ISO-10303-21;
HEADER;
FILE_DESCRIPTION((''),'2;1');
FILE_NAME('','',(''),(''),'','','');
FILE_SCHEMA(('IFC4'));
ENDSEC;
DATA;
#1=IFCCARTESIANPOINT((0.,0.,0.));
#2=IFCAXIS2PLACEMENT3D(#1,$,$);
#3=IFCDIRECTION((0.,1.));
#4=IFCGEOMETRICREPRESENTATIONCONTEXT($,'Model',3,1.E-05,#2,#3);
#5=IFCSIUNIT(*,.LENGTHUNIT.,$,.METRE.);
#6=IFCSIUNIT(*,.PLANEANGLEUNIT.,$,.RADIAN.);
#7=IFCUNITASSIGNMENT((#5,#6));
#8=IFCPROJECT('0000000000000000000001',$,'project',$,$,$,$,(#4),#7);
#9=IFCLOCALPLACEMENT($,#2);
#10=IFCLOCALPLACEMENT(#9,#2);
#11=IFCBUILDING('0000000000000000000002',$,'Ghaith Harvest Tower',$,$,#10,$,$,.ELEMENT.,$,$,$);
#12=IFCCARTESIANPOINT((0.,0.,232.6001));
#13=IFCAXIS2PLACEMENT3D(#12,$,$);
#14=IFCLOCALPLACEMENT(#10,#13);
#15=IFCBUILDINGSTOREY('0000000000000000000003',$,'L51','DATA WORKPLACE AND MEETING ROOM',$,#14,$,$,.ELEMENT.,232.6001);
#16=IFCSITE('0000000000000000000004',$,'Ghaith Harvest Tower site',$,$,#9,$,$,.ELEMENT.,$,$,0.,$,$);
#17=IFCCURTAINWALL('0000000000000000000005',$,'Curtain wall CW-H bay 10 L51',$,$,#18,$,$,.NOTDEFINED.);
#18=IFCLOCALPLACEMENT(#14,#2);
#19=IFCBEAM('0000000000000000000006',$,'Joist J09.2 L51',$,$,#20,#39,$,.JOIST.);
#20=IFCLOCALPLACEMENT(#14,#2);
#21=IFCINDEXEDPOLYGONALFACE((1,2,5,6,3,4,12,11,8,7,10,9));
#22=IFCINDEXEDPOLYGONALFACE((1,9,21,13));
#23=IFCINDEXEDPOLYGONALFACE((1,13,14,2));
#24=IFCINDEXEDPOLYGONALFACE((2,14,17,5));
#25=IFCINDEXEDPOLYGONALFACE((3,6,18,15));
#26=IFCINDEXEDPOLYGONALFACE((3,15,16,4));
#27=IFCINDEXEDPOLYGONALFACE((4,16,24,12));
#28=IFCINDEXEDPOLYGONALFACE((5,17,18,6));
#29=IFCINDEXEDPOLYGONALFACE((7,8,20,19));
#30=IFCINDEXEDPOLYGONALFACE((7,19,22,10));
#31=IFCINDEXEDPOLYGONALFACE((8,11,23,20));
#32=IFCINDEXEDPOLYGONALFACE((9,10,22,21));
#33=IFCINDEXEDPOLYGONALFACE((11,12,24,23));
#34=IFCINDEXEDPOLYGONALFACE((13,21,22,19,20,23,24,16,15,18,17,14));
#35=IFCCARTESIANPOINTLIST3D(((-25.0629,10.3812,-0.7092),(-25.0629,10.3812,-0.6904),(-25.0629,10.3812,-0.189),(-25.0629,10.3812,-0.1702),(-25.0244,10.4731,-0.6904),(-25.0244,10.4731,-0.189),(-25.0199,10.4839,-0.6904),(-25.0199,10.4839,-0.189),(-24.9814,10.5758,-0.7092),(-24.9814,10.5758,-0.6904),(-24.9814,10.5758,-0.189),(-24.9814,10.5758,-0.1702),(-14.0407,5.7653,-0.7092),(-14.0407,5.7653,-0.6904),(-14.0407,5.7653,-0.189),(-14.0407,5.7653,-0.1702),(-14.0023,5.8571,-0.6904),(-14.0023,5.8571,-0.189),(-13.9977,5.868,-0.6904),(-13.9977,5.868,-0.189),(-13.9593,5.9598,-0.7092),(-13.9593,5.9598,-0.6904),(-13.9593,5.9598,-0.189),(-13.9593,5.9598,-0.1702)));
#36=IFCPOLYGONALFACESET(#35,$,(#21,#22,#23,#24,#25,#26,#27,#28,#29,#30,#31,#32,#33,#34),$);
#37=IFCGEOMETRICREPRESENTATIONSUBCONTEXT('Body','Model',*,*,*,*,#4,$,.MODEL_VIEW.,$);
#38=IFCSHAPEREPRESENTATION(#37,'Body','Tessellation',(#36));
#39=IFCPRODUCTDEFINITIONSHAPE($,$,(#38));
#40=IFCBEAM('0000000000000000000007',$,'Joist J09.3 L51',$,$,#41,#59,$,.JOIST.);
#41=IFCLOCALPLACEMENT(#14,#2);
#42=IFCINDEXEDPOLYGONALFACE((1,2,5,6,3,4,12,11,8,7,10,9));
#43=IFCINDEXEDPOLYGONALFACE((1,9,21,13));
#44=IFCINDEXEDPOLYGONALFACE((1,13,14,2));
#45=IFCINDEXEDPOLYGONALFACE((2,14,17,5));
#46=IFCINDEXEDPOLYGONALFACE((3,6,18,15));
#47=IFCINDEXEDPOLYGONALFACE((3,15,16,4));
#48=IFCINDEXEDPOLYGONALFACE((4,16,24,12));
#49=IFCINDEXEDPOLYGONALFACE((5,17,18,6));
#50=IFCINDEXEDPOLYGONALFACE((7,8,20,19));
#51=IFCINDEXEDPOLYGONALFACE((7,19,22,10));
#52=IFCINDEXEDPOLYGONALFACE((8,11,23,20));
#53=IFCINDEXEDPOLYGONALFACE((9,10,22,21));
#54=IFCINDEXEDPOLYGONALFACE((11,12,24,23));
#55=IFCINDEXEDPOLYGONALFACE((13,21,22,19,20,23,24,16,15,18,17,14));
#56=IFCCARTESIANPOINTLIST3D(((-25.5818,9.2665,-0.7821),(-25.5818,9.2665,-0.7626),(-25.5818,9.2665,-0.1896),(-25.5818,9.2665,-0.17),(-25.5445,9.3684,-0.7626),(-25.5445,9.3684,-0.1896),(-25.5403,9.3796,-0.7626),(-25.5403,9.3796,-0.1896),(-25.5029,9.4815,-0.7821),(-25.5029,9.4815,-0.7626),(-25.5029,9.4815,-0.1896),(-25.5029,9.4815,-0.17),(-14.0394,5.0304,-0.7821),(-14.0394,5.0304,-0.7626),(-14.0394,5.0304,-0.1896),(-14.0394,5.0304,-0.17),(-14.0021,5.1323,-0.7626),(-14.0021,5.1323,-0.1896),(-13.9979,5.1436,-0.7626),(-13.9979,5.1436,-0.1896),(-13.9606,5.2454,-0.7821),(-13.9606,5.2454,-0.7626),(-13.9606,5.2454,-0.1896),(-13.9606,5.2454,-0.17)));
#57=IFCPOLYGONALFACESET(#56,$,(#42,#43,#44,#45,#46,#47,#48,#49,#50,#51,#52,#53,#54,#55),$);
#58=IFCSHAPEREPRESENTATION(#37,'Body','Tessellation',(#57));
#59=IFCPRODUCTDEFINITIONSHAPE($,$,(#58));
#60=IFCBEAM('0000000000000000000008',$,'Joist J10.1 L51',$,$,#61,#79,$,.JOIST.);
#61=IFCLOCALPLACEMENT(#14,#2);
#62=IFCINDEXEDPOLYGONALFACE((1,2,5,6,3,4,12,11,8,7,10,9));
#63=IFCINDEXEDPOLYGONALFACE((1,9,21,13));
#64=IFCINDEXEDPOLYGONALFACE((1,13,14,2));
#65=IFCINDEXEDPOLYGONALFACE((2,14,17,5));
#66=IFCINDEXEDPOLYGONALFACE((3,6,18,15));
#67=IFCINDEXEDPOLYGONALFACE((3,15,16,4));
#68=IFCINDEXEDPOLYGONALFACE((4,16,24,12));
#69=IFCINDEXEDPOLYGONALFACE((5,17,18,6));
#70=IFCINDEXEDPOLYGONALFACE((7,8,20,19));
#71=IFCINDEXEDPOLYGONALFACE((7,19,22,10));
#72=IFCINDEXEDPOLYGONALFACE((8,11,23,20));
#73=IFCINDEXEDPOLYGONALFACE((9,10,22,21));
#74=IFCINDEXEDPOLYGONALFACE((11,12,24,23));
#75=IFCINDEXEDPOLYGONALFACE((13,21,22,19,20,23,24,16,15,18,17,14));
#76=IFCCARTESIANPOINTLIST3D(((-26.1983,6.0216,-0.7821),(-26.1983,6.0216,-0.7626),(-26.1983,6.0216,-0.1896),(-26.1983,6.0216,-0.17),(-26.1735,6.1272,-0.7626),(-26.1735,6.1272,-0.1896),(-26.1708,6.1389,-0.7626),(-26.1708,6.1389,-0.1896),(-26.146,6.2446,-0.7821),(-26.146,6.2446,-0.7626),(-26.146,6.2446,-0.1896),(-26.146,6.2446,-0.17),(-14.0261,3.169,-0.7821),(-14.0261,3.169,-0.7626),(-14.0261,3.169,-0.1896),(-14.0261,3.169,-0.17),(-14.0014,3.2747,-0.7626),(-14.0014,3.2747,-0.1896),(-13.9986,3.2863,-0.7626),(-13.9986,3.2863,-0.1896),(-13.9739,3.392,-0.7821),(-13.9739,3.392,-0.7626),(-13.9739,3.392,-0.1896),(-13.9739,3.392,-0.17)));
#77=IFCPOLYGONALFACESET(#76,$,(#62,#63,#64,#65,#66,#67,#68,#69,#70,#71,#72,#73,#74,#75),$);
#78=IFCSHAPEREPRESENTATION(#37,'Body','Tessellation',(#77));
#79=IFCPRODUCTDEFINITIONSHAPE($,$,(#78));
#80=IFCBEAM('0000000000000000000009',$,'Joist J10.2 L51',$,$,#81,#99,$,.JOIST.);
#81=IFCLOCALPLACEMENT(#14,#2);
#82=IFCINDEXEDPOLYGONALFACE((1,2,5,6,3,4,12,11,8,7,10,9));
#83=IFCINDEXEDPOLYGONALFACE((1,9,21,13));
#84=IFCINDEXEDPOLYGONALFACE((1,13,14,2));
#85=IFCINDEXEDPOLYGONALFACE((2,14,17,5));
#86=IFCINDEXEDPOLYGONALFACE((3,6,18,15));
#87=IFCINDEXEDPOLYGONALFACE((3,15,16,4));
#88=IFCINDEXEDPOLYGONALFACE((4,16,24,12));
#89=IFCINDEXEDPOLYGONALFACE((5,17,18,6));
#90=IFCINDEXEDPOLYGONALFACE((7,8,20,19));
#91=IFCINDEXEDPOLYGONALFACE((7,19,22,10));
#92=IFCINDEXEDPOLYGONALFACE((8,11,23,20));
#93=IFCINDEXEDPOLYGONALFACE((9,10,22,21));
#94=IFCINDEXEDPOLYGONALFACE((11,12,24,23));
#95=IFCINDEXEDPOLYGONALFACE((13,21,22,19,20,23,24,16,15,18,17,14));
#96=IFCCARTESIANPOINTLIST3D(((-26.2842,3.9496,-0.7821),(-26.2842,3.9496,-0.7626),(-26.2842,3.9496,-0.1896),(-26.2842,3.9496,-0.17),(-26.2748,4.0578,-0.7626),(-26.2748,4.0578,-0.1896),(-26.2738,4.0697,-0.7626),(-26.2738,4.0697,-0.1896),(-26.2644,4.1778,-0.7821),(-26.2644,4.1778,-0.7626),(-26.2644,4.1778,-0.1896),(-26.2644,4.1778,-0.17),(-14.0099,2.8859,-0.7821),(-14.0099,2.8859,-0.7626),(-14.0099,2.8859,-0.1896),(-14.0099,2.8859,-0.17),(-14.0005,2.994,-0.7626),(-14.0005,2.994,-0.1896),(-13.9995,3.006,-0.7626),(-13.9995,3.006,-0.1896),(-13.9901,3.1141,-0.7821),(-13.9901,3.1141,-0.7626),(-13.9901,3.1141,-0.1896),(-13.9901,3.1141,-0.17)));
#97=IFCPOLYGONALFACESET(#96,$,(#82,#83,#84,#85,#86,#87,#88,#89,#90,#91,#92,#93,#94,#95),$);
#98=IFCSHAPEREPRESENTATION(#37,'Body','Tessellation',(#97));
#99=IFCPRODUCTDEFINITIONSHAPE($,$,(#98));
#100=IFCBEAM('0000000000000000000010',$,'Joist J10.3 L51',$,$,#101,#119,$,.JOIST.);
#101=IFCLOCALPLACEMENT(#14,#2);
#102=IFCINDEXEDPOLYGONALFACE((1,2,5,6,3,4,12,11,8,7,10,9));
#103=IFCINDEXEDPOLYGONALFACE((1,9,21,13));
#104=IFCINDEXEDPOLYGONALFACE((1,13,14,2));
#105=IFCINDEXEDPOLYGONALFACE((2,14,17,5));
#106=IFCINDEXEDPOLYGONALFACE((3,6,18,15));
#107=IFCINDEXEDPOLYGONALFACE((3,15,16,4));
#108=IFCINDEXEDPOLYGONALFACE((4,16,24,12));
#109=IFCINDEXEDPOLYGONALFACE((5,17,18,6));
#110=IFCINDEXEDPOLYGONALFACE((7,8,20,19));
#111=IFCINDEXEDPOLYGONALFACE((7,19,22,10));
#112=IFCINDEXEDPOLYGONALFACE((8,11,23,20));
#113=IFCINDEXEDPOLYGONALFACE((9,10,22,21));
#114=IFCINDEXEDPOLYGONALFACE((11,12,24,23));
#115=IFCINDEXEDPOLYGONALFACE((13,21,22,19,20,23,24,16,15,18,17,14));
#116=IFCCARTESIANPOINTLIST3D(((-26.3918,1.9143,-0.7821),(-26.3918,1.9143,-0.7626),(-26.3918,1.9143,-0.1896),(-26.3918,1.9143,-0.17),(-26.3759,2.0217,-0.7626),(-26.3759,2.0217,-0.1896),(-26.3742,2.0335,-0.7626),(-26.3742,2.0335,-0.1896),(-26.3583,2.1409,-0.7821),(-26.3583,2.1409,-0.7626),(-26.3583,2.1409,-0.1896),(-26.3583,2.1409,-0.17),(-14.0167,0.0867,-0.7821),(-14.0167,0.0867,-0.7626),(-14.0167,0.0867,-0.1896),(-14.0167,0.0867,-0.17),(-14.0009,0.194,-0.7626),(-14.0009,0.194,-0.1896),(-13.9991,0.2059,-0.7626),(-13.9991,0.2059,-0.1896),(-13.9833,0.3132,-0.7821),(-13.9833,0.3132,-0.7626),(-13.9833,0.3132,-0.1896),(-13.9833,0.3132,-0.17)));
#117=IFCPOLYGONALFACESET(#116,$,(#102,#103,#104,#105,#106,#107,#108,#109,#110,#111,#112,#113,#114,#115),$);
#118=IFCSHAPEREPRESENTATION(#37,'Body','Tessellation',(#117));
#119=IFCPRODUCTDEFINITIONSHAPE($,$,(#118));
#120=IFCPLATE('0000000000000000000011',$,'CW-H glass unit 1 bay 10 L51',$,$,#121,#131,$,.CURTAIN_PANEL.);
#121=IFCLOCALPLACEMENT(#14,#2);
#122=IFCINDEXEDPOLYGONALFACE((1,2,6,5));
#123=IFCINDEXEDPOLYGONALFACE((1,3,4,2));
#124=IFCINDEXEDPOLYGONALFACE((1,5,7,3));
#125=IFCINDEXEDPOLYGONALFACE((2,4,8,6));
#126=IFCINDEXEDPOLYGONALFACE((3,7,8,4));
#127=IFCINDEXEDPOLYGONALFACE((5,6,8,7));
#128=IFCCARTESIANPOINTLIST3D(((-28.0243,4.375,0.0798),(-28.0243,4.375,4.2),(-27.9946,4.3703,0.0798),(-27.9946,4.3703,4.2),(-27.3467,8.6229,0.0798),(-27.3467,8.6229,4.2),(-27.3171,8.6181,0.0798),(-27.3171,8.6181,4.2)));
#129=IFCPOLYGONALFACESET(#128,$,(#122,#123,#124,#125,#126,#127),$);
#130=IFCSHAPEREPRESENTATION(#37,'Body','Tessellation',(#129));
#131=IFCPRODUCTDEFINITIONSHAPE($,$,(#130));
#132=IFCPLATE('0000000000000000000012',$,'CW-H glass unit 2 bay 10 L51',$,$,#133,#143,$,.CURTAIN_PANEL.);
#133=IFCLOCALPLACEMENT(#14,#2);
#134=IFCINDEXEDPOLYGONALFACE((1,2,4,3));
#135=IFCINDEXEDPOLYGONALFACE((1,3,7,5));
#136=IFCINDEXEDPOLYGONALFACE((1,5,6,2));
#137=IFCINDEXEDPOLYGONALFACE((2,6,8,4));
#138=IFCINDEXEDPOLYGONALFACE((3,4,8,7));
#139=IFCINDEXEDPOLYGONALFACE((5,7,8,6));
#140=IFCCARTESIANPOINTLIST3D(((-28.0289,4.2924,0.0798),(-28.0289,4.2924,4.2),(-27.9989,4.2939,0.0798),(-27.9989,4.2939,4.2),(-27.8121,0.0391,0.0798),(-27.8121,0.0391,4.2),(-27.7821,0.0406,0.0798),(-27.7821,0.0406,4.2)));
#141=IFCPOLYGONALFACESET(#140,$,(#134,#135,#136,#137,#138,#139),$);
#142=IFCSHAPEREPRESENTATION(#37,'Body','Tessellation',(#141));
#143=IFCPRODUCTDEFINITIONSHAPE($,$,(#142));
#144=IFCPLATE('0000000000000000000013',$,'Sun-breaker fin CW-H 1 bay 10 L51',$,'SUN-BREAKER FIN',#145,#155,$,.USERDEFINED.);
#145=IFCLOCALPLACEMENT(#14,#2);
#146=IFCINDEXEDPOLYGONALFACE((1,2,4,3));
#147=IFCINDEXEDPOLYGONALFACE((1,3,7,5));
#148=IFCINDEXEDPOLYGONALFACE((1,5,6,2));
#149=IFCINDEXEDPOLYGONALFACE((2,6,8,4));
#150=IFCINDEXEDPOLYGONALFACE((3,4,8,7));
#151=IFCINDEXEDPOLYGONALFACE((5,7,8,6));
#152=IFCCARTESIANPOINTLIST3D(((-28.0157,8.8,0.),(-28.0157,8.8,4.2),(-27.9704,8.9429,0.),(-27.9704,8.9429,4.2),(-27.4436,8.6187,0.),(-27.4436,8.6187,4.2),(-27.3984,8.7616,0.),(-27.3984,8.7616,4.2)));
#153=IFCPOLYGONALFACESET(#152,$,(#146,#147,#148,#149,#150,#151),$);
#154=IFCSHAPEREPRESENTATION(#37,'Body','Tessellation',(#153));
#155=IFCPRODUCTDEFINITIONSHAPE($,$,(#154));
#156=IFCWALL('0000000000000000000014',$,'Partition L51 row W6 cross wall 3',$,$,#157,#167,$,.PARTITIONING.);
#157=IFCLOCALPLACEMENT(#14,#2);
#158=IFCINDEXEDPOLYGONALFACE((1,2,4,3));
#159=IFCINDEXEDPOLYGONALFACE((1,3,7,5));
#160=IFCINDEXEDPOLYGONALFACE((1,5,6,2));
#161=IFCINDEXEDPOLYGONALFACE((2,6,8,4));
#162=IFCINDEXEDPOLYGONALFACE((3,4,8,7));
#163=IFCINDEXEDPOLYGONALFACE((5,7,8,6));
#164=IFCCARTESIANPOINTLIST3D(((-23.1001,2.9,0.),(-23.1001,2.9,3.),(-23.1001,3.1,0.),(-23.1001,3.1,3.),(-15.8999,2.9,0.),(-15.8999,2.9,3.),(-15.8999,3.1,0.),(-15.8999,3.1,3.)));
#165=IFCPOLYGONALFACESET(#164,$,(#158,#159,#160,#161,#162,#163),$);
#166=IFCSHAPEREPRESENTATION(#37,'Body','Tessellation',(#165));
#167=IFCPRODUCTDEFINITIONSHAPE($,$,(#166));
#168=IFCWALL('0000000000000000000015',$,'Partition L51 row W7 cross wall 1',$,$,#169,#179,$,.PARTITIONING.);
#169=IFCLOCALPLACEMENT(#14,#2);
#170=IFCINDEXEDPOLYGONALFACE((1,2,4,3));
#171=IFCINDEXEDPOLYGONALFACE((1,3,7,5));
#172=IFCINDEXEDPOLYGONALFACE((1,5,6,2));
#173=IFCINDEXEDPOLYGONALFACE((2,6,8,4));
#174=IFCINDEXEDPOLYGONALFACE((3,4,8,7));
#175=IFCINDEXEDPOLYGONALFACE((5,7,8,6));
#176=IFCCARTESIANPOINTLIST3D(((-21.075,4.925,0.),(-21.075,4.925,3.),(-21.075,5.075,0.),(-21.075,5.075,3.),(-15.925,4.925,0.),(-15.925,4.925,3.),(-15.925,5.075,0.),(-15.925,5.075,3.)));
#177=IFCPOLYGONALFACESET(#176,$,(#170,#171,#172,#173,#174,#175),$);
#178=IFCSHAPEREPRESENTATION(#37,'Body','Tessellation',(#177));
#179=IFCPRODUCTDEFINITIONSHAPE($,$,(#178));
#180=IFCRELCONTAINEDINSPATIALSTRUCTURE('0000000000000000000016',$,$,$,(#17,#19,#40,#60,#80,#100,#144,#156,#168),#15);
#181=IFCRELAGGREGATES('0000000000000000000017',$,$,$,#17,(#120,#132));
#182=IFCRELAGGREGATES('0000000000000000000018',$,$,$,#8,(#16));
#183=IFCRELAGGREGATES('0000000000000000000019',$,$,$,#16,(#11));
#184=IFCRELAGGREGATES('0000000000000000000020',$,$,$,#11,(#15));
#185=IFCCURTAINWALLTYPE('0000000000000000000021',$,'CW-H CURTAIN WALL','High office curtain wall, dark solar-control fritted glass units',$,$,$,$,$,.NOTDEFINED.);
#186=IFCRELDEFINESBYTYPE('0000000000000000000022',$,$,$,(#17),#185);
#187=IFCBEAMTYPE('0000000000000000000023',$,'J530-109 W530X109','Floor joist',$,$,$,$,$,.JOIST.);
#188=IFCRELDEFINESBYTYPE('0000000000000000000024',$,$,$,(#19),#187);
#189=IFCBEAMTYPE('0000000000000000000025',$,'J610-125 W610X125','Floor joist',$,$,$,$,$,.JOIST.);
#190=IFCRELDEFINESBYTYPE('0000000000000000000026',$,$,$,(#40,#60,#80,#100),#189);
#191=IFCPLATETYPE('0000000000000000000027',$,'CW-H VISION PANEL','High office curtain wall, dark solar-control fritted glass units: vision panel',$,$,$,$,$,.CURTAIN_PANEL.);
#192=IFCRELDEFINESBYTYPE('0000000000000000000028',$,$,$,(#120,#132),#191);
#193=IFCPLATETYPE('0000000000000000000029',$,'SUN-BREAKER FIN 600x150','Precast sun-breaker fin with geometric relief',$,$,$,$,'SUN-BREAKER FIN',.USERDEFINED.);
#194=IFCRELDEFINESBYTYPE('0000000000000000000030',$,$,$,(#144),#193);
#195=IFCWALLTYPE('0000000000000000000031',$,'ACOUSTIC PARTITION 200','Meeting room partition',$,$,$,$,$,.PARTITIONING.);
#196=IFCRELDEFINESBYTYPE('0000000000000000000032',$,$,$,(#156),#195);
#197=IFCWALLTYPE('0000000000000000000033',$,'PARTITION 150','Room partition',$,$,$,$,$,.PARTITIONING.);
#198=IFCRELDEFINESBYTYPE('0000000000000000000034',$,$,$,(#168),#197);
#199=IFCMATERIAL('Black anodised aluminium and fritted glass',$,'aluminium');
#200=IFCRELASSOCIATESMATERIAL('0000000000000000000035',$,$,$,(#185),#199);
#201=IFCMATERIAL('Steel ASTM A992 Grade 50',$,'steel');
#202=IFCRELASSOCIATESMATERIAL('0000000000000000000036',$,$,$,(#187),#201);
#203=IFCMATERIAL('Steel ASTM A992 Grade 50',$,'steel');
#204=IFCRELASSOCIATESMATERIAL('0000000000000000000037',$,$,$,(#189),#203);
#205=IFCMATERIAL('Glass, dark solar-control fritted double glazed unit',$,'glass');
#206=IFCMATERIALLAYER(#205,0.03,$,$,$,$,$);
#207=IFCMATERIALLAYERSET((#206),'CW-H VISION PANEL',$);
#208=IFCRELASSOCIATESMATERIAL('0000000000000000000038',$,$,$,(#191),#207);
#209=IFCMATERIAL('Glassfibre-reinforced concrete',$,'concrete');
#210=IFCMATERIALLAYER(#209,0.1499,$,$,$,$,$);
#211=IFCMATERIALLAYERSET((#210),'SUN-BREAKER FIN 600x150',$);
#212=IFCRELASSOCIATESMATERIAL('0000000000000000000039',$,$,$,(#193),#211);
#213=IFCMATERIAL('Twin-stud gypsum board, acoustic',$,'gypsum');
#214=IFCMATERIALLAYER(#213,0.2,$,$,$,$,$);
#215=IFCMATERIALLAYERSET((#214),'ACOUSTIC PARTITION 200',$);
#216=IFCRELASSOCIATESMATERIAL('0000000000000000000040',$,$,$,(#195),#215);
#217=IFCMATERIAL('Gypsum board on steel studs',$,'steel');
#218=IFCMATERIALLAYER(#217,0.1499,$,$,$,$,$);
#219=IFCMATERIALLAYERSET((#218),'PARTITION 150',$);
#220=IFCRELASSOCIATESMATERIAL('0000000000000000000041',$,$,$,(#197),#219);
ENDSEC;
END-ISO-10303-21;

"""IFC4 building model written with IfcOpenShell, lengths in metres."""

from ifc_helpers import new_model, si_unit, direction, frame, frame_2d, origin, origin_2d, place, context, subcontext, project, spatial, rectangle, i_section, extrude, material, layer, layer_set, material_profile, profile_set, type_object, element, aggregate, save


model = new_model("IFC4")

# Units and contexts
model_context = context("Model", 3, precision=1e-05, world=origin(), true_north=direction((0.0, 1.0)))
body_context = subcontext(model_context, "Body", "Model", "MODEL_VIEW")
ifc_project = project(units=[si_unit("LENGTHUNIT", "METRE"), si_unit("PLANEANGLEUNIT", "RADIAN")], contexts=[model_context])

# Site, building, storey
site_placement = place(None, origin())
site = spatial("IfcSite", under=ifc_project, at=site_placement, Name="Ghaith Harvest Tower site", CompositionType="ELEMENT", RefElevation=0.0)
building_placement = place(site_placement, origin())
building = spatial("IfcBuilding", under=site, at=building_placement, Name="Ghaith Harvest Tower", CompositionType="ELEMENT")
storey_placement = place(building_placement, frame((0.0, 0.0, 232.6001)))
storey = spatial("IfcBuildingStorey", under=building, at=storey_placement, Name="L51", Description="DATA WORKPLACE AND MEETING ROOM", CompositionType="ELEMENT", Elevation=232.6001)

# Curtain wall
ifc_material_1 = material(Name="Black anodised aluminium and fritted glass", Category="aluminium")
curtain_wall_type = type_object("IfcCurtainWallType", Name="CW-H CURTAIN WALL", Description="High office curtain wall, dark solar-control fritted glass units", PredefinedType="NOTDEFINED", material=ifc_material_1)
curtain_wall_placement = place(storey_placement, origin())
curtain_wall = element("IfcCurtainWall", 1, at=curtain_wall_placement, inside=storey, type_object=curtain_wall_type, Name="Curtain wall CW-H bay 10 L51", PredefinedType="NOTDEFINED")

# Beams
ifc_material_2 = material(Name="Steel ASTM A992 Grade 50", Category="steel")
ifc_material_profile_1 = material_profile(ifc_material_2, i_section(OverallWidth=0.2109, OverallDepth=0.5391, WebThickness=0.0117, FlangeThickness=0.0188, at=origin_2d()), Name="W530X109")
ifc_profile_set_1 = profile_set([ifc_material_profile_1], Name="Steel ASTM A992 Grade 50")
beam_type_1 = type_object("IfcBeamType", Name="J530-109 W530X109", Description="Floor joist", PredefinedType="JOIST", material=ifc_profile_set_1)
beam_1_placement = place(storey_placement, frame((-14.0, 5.8625, -0.4397), z_axis=(-0.922381, 0.386282, 0.0), x_axis=(-0.386282, -0.922381, 0.0)))
element("IfcBeam", 2, at=beam_1_placement, inside=storey, type_object=beam_type_1, Name="Joist J09.2 L51", PredefinedType="JOIST", context=body_context, shape_type="SweptSolid", body=[
    extrude(i_section(OverallWidth=0.2109, OverallDepth=0.5391, WebThickness=0.0117, FlangeThickness=0.0188, at=origin_2d()), origin(), (0.0, 0.0, 1.0), 11.9497),
])
ifc_material_3 = material(Name="Steel ASTM A992 Grade 50", Category="steel")
ifc_material_profile_2 = material_profile(ifc_material_3, i_section(OverallWidth=0.229, OverallDepth=0.6121, WebThickness=0.012, FlangeThickness=0.0195, at=origin_2d()), Name="W610X125")
ifc_profile_set_2 = profile_set([ifc_material_profile_2], Name="Steel ASTM A992 Grade 50")
beam_type_2 = type_object("IfcBeamType", Name="J610-125 W610X125", Description="Floor joist", PredefinedType="JOIST", material=ifc_profile_set_2)
beam_2_placement = place(storey_placement, frame((-14.0, 5.1379, -0.4761), z_axis=(-0.938775, 0.34453, 0.0), x_axis=(-0.34453, -0.938775, 0.0)))
element("IfcBeam", 3, at=beam_2_placement, inside=storey, type_object=beam_type_2, Name="Joist J09.3 L51", PredefinedType="JOIST", context=body_context, shape_type="SweptSolid", body=[
    extrude(i_section(OverallWidth=0.229, OverallDepth=0.6121, WebThickness=0.012, FlangeThickness=0.0195, at=origin_2d()), origin(), (0.0, 0.0, 1.0), 12.2952),
])
beam_3_placement = place(storey_placement, frame((-14.0, 3.2805, -0.4761), z_axis=(-0.973622, 0.228168, 0.0), x_axis=(-0.228168, -0.973622, 0.0)))
element("IfcBeam", 4, at=beam_3_placement, inside=storey, type_object=beam_type_2, Name="Joist J10.1 L51", PredefinedType="JOIST", context=body_context, shape_type="SweptSolid", body=[
    extrude(i_section(OverallWidth=0.229, OverallDepth=0.6121, WebThickness=0.012, FlangeThickness=0.0195, at=origin_2d()), origin(), (0.0, 0.0, 1.0), 12.502),
])
beam_4_placement = place(storey_placement, frame((-14.0, 3.0, -0.4761), z_axis=(-0.996266, 0.086338, 0.0), x_axis=(-0.086338, -0.996266, 0.0)))
element("IfcBeam", 5, at=beam_4_placement, inside=storey, type_object=beam_type_2, Name="Joist J10.2 L51", PredefinedType="JOIST", context=body_context, shape_type="SweptSolid", body=[
    extrude(i_section(OverallWidth=0.229, OverallDepth=0.6121, WebThickness=0.012, FlangeThickness=0.0195, at=origin_2d()), origin(), (0.0, 0.0, 1.0), 12.3203),
])
beam_5_placement = place(storey_placement, frame((-14.0, 0.2, -0.4761), z_axis=(-0.989269, 0.146103, 0.0), x_axis=(-0.146103, -0.989269, 0.0)))
element("IfcBeam", 6, at=beam_5_placement, inside=storey, type_object=beam_type_2, Name="Joist J10.3 L51", PredefinedType="JOIST", context=body_context, shape_type="SweptSolid", body=[
    extrude(i_section(OverallWidth=0.229, OverallDepth=0.6121, WebThickness=0.012, FlangeThickness=0.0195, at=origin_2d()), origin(), (0.0, 0.0, 1.0), 12.5093),
])

# Plates
ifc_material_4 = material(Name="Glass, dark solar-control fritted double glazed unit", Category="glass")
ifc_layer_1 = layer(ifc_material_4, 0.03)
ifc_layer_set_1 = layer_set([ifc_layer_1], Name="CW-H VISION PANEL")
plate_type_1 = type_object("IfcPlateType", Name="CW-H VISION PANEL", Description="High office curtain wall, dark solar-control fritted glass units: vision panel", PredefinedType="CURTAIN_PANEL", material=ifc_layer_set_1)
plate_1_placement = place(storey_placement, frame((-27.6707, 6.4966, 0.0798), z_axis=(0.0, 0.0, 1.0), x_axis=(-0.157514, -0.987517, 0.0)))
plate_1 = element("IfcPlate", 7, at=plate_1_placement, type_object=plate_type_1, Name="CW-H glass unit 1 bay 10 L51", PredefinedType="CURTAIN_PANEL", context=body_context, shape_type="SweptSolid", body=[
    extrude(rectangle(XDim=4.3015, YDim=0.03, at=origin_2d()), origin(), (0.0, 0.0, 1.0), 4.1201),
])
plate_2_placement = place(storey_placement, frame((-27.9055, 2.1665, 0.0798), z_axis=(0.0, 0.0, 1.0), x_axis=(0.050895, -0.998704, 0.0)))
plate_2 = element("IfcPlate", 8, at=plate_2_placement, type_object=plate_type_1, Name="CW-H glass unit 2 bay 10 L51", PredefinedType="CURTAIN_PANEL", context=body_context, shape_type="SweptSolid", body=[
    extrude(rectangle(XDim=4.2588, YDim=0.03, at=origin_2d()), origin(), (0.0, 0.0, 1.0), 4.1201),
])
aggregate(curtain_wall, [plate_1, plate_2])
ifc_material_5 = material(Name="Glassfibre-reinforced concrete", Category="concrete")
ifc_layer_2 = layer(ifc_material_5, 0.1499)
ifc_layer_set_2 = layer_set([ifc_layer_2], Name="SUN-BREAKER FIN 600x150")
plate_type_2 = type_object("IfcPlateType", Name="SUN-BREAKER FIN 600x150", Description="Precast sun-breaker fin with geometric relief", ElementType="SUN-BREAKER FIN", PredefinedType="USERDEFINED", material=ifc_layer_set_2)
plate_3_placement = place(storey_placement, frame((-27.707, 8.7808, 0.0), z_axis=(0.0, 0.0, 1.0), x_axis=(-0.953273, 0.30211, 0.0)))
element("IfcPlate", 9, at=plate_3_placement, inside=storey, type_object=plate_type_2, Name="Sun-breaker fin CW-H 1 bay 10 L51", ObjectType="SUN-BREAKER FIN", PredefinedType="USERDEFINED", context=body_context, shape_type="SweptSolid", body=[
    extrude(rectangle(XDim=0.6001, YDim=0.1499, at=origin_2d()), origin(), (0.0, 0.0, 1.0), 4.2),
])

# Wall
ifc_material_6 = material(Name="Twin-stud gypsum board, acoustic", Category="gypsum")
ifc_layer_3 = layer(ifc_material_6, 0.2)
ifc_layer_set_3 = layer_set([ifc_layer_3], Name="ACOUSTIC PARTITION 200")
wall_type_1 = type_object("IfcWallType", Name="ACOUSTIC PARTITION 200", Description="Meeting room partition", PredefinedType="PARTITIONING", material=ifc_layer_set_3)
wall_1_placement = place(storey_placement, frame((-15.8999, 3.0, 0.0), z_axis=(0.0, 0.0, 1.0), x_axis=(-1.0, 0.0, 0.0)))
element("IfcWall", 10, at=wall_1_placement, inside=storey, type_object=wall_type_1, Name="Partition L51 row W6 cross wall 3", PredefinedType="PARTITIONING", context=body_context, shape_type="SweptSolid", body=[
    extrude(rectangle(XDim=7.2002, YDim=0.2, at=frame_2d((3.6001, 0.0))), origin(), (0.0, 0.0, 1.0), 3.0),
])

# Wall
ifc_material_7 = material(Name="Gypsum board on steel studs", Category="steel")
ifc_layer_4 = layer(ifc_material_7, 0.1499)
ifc_layer_set_4 = layer_set([ifc_layer_4], Name="PARTITION 150")
wall_type_2 = type_object("IfcWallType", Name="PARTITION 150", Description="Room partition", PredefinedType="PARTITIONING", material=ifc_layer_set_4)
wall_2_placement = place(storey_placement, frame((-15.925, 5.0, 0.0), z_axis=(0.0, 0.0, 1.0), x_axis=(-1.0, 0.0, 0.0)))
element("IfcWall", 11, at=wall_2_placement, inside=storey, type_object=wall_type_2, Name="Partition L51 row W7 cross wall 1", PredefinedType="PARTITIONING", context=body_context, shape_type="SweptSolid", body=[
    extrude(rectangle(XDim=5.1499, YDim=0.1499, at=frame_2d((2.575, 0.0))), origin(), (0.0, 0.0, 1.0), 3.0),
])

save(model, "model.ifc")
